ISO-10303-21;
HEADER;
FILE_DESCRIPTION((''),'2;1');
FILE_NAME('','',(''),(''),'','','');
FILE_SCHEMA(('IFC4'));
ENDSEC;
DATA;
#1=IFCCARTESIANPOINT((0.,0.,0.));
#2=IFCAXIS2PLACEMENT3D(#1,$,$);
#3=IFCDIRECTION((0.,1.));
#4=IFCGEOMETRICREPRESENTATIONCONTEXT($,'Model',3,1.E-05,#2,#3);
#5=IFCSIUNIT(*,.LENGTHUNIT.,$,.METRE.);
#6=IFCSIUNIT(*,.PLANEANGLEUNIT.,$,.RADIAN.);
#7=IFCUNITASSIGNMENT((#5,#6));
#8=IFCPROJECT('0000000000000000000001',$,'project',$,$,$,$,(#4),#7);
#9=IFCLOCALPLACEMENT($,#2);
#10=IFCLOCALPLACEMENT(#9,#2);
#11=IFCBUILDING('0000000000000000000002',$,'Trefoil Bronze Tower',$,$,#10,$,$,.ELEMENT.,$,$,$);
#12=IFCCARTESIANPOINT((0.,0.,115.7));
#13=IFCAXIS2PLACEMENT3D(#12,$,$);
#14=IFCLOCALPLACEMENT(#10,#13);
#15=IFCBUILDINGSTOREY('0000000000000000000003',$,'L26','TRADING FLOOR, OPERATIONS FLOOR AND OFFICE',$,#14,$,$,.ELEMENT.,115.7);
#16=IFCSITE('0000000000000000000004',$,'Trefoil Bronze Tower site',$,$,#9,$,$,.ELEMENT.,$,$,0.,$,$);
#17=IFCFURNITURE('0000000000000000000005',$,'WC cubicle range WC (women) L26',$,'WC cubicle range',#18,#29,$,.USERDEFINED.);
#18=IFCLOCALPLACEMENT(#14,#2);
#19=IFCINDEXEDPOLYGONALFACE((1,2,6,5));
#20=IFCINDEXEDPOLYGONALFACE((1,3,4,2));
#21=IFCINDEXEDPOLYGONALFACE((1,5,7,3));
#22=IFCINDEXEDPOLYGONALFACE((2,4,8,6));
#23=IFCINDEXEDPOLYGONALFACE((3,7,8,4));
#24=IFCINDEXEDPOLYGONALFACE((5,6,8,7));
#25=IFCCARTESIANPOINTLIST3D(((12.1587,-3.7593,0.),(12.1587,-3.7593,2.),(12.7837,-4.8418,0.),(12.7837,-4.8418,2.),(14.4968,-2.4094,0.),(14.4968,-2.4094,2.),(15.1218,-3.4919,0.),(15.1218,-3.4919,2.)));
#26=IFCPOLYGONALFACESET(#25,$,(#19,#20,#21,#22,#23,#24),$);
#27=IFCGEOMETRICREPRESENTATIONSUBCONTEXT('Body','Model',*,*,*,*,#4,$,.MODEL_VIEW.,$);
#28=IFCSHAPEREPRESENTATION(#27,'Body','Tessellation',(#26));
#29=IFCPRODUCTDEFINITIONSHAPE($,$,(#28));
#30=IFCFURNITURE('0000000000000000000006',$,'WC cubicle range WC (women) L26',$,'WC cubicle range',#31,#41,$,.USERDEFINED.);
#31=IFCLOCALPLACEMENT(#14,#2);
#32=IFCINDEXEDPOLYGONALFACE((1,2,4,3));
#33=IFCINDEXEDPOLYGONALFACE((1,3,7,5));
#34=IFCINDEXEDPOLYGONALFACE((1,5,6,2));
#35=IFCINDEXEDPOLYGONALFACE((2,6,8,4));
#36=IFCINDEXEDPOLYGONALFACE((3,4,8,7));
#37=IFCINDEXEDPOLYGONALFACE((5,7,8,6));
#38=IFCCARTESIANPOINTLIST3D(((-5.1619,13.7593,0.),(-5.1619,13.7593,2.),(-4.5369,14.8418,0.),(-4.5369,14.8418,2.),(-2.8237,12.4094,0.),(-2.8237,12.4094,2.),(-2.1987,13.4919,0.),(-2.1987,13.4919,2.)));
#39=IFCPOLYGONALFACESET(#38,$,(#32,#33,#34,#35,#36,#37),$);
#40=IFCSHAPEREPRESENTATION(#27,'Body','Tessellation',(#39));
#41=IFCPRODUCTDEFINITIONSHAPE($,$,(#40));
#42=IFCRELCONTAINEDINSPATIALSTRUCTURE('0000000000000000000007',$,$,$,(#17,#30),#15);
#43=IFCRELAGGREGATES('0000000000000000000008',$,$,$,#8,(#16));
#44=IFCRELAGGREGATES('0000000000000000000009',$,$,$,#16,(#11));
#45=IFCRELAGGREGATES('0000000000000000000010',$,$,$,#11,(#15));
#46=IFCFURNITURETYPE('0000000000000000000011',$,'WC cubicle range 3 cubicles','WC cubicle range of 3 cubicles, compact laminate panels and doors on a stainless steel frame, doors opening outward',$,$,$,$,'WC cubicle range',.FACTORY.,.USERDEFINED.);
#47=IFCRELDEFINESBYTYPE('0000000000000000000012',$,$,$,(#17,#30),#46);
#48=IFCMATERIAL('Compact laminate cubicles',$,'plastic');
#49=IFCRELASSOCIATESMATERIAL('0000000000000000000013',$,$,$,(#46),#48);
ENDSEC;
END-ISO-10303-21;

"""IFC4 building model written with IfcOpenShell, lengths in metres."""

from ifc_helpers import new_model, si_unit, direction, frame, origin, place, context, subcontext, project, spatial, polyline, outline, extrude, material, type_object, element, save


model = new_model("IFC4")

# Units and contexts
model_context = context("Model", 3, precision=1e-05, world=origin(), true_north=direction((0.0, 1.0)))
body_context = subcontext(model_context, "Body", "Model", "MODEL_VIEW")
ifc_project = project(units=[si_unit("LENGTHUNIT", "METRE"), si_unit("PLANEANGLEUNIT", "RADIAN")], contexts=[model_context])

# Site, building, storey
site_placement = place(None, origin())
site = spatial("IfcSite", under=ifc_project, at=site_placement, Name="Trefoil Bronze Tower site", CompositionType="ELEMENT", RefElevation=0.0)
building_placement = place(site_placement, origin())
building = spatial("IfcBuilding", under=site, at=building_placement, Name="Trefoil Bronze Tower", CompositionType="ELEMENT")
storey_placement = place(building_placement, frame((0.0, 0.0, 115.7)))
storey = spatial("IfcBuildingStorey", under=building, at=storey_placement, Name="L26", Description="TRADING FLOOR, OPERATIONS FLOOR AND OFFICE", CompositionType="ELEMENT", Elevation=115.7)

# Furniture
ifc_material_1 = material(Name="Compact laminate cubicles", Category="plastic")
furniture_type_1 = type_object("IfcFurnitureType", Name="WC cubicle range 3 cubicles", Description="WC cubicle range of 3 cubicles, compact laminate panels and doors on a stainless steel frame, doors opening outward", ElementType="WC cubicle range", AssemblyPlace="FACTORY", PredefinedType="USERDEFINED", material=ifc_material_1)
furniture_1_placement = place(storey_placement, origin())
element("IfcFurniture", 1, at=furniture_1_placement, inside=storey, type_object=furniture_type_1, Name="WC cubicle range WC (women) L26", ObjectType="WC cubicle range", PredefinedType="USERDEFINED", context=body_context, shape_type="SweptSolid", body=[
    extrude(outline(polyline([(12.1587, -3.7593), (12.7837, -4.8418), (15.1218, -3.4919), (14.4968, -2.4094), (12.1587, -3.7593)])), origin(), (0.0, 0.0, 1.0), 2.0),
])
furniture_2_placement = place(storey_placement, origin())
element("IfcFurniture", 2, at=furniture_2_placement, inside=storey, type_object=furniture_type_1, Name="WC cubicle range WC (women) L26", ObjectType="WC cubicle range", PredefinedType="USERDEFINED", context=body_context, shape_type="SweptSolid", body=[
    extrude(outline(polyline([(-2.8237, 12.4094), (-2.1987, 13.4919), (-4.5369, 14.8418), (-5.1619, 13.7593), (-2.8237, 12.4094)])), origin(), (0.0, 0.0, 1.0), 2.0),
])

save(model, "model.ifc")
